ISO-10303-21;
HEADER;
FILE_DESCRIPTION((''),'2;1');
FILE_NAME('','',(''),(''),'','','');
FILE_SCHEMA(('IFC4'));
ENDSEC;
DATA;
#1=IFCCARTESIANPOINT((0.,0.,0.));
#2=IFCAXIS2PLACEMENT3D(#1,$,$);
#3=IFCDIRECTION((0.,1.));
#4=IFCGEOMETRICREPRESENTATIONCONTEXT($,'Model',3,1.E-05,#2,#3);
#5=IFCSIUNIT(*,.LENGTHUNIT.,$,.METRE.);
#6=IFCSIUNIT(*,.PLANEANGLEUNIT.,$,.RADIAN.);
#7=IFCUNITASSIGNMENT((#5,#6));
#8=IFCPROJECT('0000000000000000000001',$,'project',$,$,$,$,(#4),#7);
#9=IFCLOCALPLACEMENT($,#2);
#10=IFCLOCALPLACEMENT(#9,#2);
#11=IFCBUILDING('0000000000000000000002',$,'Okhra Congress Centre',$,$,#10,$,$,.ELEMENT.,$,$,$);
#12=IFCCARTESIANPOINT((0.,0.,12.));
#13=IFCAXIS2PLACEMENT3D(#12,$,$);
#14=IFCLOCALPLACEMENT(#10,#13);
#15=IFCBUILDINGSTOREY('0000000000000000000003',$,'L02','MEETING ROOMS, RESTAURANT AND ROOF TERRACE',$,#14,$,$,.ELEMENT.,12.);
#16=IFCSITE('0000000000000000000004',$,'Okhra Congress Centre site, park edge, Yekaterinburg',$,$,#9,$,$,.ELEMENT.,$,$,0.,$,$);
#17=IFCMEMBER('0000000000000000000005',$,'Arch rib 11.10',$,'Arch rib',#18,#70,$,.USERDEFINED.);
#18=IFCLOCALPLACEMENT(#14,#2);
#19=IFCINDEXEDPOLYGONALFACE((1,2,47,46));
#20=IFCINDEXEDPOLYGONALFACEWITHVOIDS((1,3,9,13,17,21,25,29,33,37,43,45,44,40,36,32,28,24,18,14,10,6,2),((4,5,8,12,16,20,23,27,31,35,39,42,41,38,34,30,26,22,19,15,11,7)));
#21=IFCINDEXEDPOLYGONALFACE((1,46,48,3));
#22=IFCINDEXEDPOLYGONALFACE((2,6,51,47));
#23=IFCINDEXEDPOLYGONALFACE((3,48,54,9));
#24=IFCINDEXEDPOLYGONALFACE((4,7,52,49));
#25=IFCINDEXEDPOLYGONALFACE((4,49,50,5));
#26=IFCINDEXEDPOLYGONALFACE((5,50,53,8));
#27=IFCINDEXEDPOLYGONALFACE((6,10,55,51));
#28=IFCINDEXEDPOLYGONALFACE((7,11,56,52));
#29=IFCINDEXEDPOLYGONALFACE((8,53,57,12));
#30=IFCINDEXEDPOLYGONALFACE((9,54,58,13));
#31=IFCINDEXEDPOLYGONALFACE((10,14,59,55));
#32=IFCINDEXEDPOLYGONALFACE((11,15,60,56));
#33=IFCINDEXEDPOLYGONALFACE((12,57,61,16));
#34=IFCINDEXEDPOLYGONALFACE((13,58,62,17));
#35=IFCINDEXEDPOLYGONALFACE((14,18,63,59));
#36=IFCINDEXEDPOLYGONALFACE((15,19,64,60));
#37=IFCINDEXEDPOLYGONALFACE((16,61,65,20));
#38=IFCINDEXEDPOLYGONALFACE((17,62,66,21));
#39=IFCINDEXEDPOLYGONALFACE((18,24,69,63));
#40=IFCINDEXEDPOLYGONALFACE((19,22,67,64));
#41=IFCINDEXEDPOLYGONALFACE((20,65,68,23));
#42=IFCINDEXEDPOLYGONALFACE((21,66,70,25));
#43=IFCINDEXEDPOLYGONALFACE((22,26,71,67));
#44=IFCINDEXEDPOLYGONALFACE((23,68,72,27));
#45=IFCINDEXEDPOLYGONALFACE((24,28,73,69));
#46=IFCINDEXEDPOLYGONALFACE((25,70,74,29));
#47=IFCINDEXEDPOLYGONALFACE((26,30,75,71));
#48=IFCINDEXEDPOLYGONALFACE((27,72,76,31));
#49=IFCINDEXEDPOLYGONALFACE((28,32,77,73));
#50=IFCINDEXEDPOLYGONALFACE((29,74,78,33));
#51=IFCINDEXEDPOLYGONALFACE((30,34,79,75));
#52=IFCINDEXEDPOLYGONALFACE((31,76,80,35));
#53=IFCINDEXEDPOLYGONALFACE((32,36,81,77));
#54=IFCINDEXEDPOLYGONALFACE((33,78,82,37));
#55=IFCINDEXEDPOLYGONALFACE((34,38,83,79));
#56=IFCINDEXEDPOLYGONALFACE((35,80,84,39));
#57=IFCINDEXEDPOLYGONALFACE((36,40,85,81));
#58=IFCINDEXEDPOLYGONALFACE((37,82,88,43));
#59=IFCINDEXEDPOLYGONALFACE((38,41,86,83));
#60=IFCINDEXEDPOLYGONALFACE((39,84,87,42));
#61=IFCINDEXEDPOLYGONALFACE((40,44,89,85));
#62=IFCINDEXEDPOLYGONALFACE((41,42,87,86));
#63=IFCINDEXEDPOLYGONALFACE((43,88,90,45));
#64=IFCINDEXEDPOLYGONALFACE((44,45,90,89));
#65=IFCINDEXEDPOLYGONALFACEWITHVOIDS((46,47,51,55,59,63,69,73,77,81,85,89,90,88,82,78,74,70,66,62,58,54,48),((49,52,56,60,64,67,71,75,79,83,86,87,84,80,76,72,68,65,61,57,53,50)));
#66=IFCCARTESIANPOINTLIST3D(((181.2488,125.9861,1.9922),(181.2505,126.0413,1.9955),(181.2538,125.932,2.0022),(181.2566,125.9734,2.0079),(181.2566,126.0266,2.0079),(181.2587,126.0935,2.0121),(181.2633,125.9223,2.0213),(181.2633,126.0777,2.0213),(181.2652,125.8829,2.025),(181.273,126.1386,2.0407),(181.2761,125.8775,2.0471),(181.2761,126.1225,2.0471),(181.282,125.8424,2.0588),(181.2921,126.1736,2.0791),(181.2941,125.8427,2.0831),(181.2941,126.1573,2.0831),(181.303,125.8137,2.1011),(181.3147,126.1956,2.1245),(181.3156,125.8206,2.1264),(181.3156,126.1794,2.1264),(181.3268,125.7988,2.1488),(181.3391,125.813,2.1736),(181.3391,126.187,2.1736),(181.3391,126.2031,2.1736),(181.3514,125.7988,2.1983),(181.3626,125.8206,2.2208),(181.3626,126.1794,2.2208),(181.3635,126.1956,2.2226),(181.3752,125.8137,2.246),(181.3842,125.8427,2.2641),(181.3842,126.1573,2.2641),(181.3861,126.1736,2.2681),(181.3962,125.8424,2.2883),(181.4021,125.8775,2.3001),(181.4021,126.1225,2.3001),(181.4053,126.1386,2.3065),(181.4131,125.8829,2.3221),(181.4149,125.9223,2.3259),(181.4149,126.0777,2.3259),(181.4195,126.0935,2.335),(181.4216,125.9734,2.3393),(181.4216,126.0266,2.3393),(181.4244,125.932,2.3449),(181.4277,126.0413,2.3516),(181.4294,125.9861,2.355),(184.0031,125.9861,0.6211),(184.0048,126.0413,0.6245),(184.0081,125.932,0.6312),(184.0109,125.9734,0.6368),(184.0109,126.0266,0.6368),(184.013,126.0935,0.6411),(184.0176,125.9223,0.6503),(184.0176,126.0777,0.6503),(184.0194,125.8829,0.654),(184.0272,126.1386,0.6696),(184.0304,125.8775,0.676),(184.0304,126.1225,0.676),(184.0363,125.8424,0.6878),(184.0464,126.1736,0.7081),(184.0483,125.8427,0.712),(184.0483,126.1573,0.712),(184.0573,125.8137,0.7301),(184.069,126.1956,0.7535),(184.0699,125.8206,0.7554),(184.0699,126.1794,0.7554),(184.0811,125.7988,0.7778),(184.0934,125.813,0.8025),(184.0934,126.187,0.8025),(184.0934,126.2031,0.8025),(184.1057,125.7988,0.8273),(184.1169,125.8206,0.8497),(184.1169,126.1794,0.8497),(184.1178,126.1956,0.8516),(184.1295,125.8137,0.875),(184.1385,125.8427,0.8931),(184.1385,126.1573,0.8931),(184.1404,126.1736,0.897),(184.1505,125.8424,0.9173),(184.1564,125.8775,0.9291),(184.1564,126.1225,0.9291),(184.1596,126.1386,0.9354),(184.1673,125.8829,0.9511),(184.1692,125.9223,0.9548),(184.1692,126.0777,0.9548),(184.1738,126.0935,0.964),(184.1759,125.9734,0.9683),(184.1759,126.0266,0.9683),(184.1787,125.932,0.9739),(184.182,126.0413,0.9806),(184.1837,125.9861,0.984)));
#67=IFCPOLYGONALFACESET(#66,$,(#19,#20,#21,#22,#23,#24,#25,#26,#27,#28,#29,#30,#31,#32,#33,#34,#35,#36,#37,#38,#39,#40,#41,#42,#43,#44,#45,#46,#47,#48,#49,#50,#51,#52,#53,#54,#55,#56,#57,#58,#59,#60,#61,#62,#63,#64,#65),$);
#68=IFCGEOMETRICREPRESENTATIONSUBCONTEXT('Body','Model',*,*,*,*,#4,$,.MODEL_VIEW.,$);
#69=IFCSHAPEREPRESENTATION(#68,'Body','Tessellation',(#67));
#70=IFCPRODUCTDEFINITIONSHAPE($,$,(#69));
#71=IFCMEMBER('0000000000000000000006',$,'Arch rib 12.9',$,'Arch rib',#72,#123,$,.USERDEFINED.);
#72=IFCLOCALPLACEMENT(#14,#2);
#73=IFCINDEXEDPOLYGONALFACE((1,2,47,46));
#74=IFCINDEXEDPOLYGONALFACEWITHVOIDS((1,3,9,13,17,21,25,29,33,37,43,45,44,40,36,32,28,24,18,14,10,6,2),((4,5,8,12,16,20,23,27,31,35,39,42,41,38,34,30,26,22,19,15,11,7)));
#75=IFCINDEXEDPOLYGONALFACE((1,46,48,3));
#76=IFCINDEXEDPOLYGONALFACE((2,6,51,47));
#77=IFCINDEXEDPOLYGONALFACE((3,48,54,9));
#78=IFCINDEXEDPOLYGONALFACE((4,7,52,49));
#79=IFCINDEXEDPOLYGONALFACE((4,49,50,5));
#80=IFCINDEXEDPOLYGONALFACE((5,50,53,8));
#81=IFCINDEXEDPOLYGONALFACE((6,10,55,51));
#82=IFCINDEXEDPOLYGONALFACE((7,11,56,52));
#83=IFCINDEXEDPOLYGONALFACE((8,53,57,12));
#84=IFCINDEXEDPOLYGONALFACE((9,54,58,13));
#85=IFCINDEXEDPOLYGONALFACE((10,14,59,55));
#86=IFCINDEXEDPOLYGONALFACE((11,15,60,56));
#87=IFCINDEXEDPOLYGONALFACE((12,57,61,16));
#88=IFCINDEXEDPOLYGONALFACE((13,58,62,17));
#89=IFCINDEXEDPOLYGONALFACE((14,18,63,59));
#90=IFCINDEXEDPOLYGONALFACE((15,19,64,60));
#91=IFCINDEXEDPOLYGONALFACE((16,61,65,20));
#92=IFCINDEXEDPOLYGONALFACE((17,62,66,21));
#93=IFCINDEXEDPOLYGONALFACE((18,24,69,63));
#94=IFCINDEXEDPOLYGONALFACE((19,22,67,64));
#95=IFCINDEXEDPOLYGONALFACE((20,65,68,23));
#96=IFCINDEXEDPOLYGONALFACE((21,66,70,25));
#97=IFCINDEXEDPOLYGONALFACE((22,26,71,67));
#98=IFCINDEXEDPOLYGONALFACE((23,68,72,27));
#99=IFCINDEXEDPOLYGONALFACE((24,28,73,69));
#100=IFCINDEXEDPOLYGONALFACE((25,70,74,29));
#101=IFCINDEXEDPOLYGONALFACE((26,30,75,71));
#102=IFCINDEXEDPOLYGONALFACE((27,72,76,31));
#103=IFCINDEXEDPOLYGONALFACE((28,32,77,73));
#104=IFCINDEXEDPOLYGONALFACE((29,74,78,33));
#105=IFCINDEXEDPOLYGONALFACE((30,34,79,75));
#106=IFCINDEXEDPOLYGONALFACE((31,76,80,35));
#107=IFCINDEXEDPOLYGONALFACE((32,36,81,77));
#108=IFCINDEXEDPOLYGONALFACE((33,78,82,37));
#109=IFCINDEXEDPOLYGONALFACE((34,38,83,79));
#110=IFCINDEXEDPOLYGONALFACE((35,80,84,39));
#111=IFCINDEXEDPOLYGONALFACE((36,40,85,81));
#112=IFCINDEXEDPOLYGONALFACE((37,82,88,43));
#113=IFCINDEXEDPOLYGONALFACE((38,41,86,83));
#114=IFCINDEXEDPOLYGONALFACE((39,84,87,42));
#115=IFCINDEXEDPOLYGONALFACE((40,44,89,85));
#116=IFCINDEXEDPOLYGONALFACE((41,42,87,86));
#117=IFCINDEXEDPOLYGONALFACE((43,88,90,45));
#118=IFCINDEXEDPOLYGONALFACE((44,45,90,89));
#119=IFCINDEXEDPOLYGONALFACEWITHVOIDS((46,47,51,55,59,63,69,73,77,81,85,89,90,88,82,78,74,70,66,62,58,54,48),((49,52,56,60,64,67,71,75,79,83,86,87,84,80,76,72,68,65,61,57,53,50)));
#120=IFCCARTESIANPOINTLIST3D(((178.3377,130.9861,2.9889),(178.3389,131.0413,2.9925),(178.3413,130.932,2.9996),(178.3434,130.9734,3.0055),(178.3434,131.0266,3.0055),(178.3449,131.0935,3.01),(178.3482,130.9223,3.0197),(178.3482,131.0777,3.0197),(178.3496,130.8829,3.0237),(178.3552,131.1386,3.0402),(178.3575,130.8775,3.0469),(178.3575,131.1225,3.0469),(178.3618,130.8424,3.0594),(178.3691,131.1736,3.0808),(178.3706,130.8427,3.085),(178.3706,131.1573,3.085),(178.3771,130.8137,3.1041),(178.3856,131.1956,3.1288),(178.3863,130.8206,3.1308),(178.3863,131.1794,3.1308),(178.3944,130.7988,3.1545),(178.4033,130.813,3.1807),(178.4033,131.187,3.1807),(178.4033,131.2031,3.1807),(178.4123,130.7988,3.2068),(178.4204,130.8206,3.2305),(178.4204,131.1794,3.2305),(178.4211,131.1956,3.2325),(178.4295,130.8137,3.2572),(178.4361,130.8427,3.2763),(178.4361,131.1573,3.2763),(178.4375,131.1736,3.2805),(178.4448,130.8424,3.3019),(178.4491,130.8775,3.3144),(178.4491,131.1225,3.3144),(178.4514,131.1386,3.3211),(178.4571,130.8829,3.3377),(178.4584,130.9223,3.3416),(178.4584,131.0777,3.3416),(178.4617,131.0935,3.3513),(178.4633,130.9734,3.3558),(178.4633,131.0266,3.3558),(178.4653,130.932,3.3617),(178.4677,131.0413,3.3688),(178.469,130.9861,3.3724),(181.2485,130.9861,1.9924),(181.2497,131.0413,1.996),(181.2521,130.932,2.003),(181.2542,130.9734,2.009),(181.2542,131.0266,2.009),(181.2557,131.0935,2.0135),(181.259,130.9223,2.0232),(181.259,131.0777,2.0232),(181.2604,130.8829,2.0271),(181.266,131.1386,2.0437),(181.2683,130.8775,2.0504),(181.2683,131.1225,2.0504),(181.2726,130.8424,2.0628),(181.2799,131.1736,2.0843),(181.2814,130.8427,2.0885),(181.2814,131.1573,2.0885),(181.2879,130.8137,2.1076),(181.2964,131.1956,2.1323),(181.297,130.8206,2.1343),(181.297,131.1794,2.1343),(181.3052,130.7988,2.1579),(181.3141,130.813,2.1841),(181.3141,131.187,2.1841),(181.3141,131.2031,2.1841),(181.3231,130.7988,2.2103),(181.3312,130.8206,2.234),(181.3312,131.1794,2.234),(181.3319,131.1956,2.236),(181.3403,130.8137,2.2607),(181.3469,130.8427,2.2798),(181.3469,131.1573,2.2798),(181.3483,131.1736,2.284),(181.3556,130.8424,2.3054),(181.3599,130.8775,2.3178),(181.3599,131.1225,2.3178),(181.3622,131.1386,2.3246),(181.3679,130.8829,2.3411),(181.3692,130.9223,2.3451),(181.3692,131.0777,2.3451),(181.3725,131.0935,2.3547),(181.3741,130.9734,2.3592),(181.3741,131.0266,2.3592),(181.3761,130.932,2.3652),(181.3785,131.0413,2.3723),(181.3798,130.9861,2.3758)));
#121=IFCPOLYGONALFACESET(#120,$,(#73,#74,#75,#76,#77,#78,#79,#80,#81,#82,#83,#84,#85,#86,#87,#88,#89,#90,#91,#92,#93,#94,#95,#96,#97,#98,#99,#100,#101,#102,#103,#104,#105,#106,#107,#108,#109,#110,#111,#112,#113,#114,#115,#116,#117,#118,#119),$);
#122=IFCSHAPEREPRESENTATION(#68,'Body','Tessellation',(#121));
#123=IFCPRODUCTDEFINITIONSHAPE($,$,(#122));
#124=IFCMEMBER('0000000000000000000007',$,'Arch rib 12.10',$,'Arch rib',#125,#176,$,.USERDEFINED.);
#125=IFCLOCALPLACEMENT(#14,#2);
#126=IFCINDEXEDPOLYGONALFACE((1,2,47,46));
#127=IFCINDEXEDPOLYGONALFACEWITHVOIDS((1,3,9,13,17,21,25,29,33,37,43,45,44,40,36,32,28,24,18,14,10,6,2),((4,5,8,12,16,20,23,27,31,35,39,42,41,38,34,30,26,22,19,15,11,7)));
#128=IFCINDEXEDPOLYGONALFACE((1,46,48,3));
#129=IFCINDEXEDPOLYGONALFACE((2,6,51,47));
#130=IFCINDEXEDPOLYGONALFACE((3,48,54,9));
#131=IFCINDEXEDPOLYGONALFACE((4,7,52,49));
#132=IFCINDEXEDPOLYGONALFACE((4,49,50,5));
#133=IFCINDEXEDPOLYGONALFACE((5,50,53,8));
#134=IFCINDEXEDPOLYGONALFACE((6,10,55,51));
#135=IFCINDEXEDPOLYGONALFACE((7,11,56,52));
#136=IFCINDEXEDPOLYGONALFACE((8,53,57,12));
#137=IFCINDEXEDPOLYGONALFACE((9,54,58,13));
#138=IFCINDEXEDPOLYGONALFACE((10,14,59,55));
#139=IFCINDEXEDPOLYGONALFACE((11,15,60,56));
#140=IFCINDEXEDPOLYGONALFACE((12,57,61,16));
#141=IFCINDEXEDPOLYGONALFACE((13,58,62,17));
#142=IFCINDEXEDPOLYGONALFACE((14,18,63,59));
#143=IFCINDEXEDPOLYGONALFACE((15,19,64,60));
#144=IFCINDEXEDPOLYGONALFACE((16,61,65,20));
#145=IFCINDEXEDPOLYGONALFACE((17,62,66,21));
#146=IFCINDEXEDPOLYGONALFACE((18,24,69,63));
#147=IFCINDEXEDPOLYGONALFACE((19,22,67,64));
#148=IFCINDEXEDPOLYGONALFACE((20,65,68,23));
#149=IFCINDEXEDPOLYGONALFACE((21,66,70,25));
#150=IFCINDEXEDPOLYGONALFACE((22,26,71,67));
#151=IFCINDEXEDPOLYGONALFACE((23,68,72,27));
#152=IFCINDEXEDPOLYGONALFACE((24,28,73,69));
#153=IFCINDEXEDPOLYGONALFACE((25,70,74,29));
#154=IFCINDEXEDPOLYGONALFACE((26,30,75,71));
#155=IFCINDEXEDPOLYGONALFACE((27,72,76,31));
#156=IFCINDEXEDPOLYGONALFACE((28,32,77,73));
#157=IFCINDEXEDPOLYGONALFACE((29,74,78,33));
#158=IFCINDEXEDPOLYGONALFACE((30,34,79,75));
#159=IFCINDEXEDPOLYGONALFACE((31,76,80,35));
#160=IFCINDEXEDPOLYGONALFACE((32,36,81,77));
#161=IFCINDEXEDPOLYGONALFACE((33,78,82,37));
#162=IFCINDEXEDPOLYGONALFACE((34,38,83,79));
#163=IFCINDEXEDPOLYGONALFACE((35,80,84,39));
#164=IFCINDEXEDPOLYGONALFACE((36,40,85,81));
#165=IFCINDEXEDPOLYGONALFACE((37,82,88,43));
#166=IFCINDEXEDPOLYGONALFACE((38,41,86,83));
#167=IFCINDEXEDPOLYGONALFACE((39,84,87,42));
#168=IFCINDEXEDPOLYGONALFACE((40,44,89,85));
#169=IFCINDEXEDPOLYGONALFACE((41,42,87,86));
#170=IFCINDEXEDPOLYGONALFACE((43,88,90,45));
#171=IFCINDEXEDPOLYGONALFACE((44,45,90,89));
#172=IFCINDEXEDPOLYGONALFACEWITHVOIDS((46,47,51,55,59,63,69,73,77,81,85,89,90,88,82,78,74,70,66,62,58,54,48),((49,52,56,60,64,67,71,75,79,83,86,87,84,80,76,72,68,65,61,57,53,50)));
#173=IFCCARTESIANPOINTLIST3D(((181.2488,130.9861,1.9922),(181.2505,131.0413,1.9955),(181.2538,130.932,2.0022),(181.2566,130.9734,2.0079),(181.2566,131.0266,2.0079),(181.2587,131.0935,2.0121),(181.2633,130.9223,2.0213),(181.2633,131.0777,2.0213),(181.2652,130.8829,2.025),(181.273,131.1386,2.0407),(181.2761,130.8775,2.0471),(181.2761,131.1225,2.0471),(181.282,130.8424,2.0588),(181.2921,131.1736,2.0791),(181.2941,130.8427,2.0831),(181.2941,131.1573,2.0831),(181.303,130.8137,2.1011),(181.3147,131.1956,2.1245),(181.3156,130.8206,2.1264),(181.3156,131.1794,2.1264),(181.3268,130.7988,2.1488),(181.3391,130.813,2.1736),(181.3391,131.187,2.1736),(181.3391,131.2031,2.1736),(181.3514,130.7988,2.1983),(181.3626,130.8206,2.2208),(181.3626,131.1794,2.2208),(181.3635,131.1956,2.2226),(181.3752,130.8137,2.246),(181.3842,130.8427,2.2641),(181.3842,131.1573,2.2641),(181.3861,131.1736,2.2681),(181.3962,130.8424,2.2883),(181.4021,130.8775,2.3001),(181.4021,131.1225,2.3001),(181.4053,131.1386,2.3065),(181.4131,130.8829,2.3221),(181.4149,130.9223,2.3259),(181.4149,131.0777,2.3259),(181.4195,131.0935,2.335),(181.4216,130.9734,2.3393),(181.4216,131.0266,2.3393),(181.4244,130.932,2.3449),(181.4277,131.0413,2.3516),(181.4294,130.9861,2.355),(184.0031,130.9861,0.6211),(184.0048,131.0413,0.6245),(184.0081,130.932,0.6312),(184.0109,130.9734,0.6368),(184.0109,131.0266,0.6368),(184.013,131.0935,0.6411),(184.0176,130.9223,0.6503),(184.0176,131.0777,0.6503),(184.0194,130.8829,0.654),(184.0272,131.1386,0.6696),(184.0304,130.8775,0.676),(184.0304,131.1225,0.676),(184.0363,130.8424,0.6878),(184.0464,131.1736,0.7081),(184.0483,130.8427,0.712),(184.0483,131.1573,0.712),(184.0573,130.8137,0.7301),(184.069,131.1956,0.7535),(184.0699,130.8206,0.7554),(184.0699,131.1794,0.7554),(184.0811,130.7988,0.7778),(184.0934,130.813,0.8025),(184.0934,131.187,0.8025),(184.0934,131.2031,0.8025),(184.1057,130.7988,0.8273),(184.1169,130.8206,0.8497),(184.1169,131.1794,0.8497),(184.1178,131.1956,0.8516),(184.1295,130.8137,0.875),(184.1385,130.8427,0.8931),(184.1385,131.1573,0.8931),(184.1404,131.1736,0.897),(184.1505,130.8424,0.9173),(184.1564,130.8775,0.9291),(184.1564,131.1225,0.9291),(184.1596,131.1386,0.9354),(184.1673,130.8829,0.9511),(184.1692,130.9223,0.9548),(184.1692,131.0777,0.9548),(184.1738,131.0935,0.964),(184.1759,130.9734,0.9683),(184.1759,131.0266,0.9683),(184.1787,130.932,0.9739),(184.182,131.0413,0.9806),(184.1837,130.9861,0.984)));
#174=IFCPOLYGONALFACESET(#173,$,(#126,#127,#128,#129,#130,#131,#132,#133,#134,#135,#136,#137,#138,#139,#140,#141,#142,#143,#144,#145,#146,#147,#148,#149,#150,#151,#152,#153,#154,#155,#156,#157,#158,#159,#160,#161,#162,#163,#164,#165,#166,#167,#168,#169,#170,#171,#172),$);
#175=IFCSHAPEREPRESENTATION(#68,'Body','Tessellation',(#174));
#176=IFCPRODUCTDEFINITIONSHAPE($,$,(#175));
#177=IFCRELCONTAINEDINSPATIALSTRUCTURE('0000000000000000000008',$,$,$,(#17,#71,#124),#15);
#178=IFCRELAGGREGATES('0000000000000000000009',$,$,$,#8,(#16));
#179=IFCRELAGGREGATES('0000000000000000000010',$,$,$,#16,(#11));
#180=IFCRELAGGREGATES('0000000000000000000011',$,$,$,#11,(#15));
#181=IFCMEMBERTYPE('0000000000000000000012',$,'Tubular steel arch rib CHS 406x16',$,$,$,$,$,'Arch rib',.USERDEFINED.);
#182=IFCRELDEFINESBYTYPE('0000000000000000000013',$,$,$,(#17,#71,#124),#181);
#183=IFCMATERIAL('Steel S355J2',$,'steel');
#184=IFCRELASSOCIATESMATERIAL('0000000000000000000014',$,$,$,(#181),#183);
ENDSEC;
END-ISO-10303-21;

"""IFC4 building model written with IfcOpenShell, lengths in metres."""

from ifc_helpers import new_model, si_unit, direction, frame, origin, origin_2d, place, context, subcontext, project, spatial, hollow_circle, extrude, material, material_profile, profile_set, type_object, element, save


model = new_model("IFC4")

# Units and contexts
model_context = context("Model", 3, precision=1e-05, world=origin(), true_north=direction((0.0, 1.0)))
body_context = subcontext(model_context, "Body", "Model", "MODEL_VIEW")
ifc_project = project(units=[si_unit("LENGTHUNIT", "METRE"), si_unit("PLANEANGLEUNIT", "RADIAN")], contexts=[model_context])

# Site, building, storey
site_placement = place(None, origin())
site = spatial("IfcSite", under=ifc_project, at=site_placement, Name="Okhra Congress Centre site, park edge, Yekaterinburg", CompositionType="ELEMENT", RefElevation=0.0)
building_placement = place(site_placement, origin())
building = spatial("IfcBuilding", under=site, at=building_placement, Name="Okhra Congress Centre", CompositionType="ELEMENT")
storey_placement = place(building_placement, frame((0.0, 0.0, 12.0)))
storey = spatial("IfcBuildingStorey", under=building, at=storey_placement, Name="L02", Description="MEETING ROOMS, RESTAURANT AND ROOF TERRACE", CompositionType="ELEMENT", Elevation=12.0)

# Members
ifc_material_1 = material(Name="Steel S355J2", Category="steel")
ifc_material_profile_1 = material_profile(ifc_material_1, hollow_circle(Radius=0.2031, WallThickness=0.0161, at=origin_2d()), Name="CHS 406.4x16")
ifc_profile_set_1 = profile_set([ifc_material_profile_1], Name="Steel S355J2")
member_type_1 = type_object("IfcMemberType", Name="Tubular steel arch rib CHS 406x16", ElementType="Arch rib", PredefinedType="USERDEFINED", material=ifc_profile_set_1)
for number, where, z_axis, x_axis, name in (
    (1, (181.3391, 126.0, 2.1736), (0.895219, 0.0, -0.445626), (0.0, 1.0, 0.0), "Arch rib 11.10"),
    (2, (178.4033, 131.0, 3.1807), (0.946089, 0.0, -0.323906), (0.0, 1.0, 0.0), "Arch rib 12.9"),
    (3, (181.3391, 131.0, 2.1736), (0.895219, 0.0, -0.445626), (0.0, 1.0, 0.0), "Arch rib 12.10"),
):
    element("IfcMember", number, at=place(storey_placement, frame(where, z_axis=z_axis, x_axis=x_axis)), inside=storey, type_object=member_type_1, Name=name, ObjectType="Arch rib", PredefinedType="USERDEFINED", context=body_context, shape_type="SweptSolid", body=[
        extrude(hollow_circle(Radius=0.2031, WallThickness=0.0161, at=origin_2d()), origin(), (0.0, 0.0, 1.0), 3.0767),
    ])

save(model, "model.ifc")
